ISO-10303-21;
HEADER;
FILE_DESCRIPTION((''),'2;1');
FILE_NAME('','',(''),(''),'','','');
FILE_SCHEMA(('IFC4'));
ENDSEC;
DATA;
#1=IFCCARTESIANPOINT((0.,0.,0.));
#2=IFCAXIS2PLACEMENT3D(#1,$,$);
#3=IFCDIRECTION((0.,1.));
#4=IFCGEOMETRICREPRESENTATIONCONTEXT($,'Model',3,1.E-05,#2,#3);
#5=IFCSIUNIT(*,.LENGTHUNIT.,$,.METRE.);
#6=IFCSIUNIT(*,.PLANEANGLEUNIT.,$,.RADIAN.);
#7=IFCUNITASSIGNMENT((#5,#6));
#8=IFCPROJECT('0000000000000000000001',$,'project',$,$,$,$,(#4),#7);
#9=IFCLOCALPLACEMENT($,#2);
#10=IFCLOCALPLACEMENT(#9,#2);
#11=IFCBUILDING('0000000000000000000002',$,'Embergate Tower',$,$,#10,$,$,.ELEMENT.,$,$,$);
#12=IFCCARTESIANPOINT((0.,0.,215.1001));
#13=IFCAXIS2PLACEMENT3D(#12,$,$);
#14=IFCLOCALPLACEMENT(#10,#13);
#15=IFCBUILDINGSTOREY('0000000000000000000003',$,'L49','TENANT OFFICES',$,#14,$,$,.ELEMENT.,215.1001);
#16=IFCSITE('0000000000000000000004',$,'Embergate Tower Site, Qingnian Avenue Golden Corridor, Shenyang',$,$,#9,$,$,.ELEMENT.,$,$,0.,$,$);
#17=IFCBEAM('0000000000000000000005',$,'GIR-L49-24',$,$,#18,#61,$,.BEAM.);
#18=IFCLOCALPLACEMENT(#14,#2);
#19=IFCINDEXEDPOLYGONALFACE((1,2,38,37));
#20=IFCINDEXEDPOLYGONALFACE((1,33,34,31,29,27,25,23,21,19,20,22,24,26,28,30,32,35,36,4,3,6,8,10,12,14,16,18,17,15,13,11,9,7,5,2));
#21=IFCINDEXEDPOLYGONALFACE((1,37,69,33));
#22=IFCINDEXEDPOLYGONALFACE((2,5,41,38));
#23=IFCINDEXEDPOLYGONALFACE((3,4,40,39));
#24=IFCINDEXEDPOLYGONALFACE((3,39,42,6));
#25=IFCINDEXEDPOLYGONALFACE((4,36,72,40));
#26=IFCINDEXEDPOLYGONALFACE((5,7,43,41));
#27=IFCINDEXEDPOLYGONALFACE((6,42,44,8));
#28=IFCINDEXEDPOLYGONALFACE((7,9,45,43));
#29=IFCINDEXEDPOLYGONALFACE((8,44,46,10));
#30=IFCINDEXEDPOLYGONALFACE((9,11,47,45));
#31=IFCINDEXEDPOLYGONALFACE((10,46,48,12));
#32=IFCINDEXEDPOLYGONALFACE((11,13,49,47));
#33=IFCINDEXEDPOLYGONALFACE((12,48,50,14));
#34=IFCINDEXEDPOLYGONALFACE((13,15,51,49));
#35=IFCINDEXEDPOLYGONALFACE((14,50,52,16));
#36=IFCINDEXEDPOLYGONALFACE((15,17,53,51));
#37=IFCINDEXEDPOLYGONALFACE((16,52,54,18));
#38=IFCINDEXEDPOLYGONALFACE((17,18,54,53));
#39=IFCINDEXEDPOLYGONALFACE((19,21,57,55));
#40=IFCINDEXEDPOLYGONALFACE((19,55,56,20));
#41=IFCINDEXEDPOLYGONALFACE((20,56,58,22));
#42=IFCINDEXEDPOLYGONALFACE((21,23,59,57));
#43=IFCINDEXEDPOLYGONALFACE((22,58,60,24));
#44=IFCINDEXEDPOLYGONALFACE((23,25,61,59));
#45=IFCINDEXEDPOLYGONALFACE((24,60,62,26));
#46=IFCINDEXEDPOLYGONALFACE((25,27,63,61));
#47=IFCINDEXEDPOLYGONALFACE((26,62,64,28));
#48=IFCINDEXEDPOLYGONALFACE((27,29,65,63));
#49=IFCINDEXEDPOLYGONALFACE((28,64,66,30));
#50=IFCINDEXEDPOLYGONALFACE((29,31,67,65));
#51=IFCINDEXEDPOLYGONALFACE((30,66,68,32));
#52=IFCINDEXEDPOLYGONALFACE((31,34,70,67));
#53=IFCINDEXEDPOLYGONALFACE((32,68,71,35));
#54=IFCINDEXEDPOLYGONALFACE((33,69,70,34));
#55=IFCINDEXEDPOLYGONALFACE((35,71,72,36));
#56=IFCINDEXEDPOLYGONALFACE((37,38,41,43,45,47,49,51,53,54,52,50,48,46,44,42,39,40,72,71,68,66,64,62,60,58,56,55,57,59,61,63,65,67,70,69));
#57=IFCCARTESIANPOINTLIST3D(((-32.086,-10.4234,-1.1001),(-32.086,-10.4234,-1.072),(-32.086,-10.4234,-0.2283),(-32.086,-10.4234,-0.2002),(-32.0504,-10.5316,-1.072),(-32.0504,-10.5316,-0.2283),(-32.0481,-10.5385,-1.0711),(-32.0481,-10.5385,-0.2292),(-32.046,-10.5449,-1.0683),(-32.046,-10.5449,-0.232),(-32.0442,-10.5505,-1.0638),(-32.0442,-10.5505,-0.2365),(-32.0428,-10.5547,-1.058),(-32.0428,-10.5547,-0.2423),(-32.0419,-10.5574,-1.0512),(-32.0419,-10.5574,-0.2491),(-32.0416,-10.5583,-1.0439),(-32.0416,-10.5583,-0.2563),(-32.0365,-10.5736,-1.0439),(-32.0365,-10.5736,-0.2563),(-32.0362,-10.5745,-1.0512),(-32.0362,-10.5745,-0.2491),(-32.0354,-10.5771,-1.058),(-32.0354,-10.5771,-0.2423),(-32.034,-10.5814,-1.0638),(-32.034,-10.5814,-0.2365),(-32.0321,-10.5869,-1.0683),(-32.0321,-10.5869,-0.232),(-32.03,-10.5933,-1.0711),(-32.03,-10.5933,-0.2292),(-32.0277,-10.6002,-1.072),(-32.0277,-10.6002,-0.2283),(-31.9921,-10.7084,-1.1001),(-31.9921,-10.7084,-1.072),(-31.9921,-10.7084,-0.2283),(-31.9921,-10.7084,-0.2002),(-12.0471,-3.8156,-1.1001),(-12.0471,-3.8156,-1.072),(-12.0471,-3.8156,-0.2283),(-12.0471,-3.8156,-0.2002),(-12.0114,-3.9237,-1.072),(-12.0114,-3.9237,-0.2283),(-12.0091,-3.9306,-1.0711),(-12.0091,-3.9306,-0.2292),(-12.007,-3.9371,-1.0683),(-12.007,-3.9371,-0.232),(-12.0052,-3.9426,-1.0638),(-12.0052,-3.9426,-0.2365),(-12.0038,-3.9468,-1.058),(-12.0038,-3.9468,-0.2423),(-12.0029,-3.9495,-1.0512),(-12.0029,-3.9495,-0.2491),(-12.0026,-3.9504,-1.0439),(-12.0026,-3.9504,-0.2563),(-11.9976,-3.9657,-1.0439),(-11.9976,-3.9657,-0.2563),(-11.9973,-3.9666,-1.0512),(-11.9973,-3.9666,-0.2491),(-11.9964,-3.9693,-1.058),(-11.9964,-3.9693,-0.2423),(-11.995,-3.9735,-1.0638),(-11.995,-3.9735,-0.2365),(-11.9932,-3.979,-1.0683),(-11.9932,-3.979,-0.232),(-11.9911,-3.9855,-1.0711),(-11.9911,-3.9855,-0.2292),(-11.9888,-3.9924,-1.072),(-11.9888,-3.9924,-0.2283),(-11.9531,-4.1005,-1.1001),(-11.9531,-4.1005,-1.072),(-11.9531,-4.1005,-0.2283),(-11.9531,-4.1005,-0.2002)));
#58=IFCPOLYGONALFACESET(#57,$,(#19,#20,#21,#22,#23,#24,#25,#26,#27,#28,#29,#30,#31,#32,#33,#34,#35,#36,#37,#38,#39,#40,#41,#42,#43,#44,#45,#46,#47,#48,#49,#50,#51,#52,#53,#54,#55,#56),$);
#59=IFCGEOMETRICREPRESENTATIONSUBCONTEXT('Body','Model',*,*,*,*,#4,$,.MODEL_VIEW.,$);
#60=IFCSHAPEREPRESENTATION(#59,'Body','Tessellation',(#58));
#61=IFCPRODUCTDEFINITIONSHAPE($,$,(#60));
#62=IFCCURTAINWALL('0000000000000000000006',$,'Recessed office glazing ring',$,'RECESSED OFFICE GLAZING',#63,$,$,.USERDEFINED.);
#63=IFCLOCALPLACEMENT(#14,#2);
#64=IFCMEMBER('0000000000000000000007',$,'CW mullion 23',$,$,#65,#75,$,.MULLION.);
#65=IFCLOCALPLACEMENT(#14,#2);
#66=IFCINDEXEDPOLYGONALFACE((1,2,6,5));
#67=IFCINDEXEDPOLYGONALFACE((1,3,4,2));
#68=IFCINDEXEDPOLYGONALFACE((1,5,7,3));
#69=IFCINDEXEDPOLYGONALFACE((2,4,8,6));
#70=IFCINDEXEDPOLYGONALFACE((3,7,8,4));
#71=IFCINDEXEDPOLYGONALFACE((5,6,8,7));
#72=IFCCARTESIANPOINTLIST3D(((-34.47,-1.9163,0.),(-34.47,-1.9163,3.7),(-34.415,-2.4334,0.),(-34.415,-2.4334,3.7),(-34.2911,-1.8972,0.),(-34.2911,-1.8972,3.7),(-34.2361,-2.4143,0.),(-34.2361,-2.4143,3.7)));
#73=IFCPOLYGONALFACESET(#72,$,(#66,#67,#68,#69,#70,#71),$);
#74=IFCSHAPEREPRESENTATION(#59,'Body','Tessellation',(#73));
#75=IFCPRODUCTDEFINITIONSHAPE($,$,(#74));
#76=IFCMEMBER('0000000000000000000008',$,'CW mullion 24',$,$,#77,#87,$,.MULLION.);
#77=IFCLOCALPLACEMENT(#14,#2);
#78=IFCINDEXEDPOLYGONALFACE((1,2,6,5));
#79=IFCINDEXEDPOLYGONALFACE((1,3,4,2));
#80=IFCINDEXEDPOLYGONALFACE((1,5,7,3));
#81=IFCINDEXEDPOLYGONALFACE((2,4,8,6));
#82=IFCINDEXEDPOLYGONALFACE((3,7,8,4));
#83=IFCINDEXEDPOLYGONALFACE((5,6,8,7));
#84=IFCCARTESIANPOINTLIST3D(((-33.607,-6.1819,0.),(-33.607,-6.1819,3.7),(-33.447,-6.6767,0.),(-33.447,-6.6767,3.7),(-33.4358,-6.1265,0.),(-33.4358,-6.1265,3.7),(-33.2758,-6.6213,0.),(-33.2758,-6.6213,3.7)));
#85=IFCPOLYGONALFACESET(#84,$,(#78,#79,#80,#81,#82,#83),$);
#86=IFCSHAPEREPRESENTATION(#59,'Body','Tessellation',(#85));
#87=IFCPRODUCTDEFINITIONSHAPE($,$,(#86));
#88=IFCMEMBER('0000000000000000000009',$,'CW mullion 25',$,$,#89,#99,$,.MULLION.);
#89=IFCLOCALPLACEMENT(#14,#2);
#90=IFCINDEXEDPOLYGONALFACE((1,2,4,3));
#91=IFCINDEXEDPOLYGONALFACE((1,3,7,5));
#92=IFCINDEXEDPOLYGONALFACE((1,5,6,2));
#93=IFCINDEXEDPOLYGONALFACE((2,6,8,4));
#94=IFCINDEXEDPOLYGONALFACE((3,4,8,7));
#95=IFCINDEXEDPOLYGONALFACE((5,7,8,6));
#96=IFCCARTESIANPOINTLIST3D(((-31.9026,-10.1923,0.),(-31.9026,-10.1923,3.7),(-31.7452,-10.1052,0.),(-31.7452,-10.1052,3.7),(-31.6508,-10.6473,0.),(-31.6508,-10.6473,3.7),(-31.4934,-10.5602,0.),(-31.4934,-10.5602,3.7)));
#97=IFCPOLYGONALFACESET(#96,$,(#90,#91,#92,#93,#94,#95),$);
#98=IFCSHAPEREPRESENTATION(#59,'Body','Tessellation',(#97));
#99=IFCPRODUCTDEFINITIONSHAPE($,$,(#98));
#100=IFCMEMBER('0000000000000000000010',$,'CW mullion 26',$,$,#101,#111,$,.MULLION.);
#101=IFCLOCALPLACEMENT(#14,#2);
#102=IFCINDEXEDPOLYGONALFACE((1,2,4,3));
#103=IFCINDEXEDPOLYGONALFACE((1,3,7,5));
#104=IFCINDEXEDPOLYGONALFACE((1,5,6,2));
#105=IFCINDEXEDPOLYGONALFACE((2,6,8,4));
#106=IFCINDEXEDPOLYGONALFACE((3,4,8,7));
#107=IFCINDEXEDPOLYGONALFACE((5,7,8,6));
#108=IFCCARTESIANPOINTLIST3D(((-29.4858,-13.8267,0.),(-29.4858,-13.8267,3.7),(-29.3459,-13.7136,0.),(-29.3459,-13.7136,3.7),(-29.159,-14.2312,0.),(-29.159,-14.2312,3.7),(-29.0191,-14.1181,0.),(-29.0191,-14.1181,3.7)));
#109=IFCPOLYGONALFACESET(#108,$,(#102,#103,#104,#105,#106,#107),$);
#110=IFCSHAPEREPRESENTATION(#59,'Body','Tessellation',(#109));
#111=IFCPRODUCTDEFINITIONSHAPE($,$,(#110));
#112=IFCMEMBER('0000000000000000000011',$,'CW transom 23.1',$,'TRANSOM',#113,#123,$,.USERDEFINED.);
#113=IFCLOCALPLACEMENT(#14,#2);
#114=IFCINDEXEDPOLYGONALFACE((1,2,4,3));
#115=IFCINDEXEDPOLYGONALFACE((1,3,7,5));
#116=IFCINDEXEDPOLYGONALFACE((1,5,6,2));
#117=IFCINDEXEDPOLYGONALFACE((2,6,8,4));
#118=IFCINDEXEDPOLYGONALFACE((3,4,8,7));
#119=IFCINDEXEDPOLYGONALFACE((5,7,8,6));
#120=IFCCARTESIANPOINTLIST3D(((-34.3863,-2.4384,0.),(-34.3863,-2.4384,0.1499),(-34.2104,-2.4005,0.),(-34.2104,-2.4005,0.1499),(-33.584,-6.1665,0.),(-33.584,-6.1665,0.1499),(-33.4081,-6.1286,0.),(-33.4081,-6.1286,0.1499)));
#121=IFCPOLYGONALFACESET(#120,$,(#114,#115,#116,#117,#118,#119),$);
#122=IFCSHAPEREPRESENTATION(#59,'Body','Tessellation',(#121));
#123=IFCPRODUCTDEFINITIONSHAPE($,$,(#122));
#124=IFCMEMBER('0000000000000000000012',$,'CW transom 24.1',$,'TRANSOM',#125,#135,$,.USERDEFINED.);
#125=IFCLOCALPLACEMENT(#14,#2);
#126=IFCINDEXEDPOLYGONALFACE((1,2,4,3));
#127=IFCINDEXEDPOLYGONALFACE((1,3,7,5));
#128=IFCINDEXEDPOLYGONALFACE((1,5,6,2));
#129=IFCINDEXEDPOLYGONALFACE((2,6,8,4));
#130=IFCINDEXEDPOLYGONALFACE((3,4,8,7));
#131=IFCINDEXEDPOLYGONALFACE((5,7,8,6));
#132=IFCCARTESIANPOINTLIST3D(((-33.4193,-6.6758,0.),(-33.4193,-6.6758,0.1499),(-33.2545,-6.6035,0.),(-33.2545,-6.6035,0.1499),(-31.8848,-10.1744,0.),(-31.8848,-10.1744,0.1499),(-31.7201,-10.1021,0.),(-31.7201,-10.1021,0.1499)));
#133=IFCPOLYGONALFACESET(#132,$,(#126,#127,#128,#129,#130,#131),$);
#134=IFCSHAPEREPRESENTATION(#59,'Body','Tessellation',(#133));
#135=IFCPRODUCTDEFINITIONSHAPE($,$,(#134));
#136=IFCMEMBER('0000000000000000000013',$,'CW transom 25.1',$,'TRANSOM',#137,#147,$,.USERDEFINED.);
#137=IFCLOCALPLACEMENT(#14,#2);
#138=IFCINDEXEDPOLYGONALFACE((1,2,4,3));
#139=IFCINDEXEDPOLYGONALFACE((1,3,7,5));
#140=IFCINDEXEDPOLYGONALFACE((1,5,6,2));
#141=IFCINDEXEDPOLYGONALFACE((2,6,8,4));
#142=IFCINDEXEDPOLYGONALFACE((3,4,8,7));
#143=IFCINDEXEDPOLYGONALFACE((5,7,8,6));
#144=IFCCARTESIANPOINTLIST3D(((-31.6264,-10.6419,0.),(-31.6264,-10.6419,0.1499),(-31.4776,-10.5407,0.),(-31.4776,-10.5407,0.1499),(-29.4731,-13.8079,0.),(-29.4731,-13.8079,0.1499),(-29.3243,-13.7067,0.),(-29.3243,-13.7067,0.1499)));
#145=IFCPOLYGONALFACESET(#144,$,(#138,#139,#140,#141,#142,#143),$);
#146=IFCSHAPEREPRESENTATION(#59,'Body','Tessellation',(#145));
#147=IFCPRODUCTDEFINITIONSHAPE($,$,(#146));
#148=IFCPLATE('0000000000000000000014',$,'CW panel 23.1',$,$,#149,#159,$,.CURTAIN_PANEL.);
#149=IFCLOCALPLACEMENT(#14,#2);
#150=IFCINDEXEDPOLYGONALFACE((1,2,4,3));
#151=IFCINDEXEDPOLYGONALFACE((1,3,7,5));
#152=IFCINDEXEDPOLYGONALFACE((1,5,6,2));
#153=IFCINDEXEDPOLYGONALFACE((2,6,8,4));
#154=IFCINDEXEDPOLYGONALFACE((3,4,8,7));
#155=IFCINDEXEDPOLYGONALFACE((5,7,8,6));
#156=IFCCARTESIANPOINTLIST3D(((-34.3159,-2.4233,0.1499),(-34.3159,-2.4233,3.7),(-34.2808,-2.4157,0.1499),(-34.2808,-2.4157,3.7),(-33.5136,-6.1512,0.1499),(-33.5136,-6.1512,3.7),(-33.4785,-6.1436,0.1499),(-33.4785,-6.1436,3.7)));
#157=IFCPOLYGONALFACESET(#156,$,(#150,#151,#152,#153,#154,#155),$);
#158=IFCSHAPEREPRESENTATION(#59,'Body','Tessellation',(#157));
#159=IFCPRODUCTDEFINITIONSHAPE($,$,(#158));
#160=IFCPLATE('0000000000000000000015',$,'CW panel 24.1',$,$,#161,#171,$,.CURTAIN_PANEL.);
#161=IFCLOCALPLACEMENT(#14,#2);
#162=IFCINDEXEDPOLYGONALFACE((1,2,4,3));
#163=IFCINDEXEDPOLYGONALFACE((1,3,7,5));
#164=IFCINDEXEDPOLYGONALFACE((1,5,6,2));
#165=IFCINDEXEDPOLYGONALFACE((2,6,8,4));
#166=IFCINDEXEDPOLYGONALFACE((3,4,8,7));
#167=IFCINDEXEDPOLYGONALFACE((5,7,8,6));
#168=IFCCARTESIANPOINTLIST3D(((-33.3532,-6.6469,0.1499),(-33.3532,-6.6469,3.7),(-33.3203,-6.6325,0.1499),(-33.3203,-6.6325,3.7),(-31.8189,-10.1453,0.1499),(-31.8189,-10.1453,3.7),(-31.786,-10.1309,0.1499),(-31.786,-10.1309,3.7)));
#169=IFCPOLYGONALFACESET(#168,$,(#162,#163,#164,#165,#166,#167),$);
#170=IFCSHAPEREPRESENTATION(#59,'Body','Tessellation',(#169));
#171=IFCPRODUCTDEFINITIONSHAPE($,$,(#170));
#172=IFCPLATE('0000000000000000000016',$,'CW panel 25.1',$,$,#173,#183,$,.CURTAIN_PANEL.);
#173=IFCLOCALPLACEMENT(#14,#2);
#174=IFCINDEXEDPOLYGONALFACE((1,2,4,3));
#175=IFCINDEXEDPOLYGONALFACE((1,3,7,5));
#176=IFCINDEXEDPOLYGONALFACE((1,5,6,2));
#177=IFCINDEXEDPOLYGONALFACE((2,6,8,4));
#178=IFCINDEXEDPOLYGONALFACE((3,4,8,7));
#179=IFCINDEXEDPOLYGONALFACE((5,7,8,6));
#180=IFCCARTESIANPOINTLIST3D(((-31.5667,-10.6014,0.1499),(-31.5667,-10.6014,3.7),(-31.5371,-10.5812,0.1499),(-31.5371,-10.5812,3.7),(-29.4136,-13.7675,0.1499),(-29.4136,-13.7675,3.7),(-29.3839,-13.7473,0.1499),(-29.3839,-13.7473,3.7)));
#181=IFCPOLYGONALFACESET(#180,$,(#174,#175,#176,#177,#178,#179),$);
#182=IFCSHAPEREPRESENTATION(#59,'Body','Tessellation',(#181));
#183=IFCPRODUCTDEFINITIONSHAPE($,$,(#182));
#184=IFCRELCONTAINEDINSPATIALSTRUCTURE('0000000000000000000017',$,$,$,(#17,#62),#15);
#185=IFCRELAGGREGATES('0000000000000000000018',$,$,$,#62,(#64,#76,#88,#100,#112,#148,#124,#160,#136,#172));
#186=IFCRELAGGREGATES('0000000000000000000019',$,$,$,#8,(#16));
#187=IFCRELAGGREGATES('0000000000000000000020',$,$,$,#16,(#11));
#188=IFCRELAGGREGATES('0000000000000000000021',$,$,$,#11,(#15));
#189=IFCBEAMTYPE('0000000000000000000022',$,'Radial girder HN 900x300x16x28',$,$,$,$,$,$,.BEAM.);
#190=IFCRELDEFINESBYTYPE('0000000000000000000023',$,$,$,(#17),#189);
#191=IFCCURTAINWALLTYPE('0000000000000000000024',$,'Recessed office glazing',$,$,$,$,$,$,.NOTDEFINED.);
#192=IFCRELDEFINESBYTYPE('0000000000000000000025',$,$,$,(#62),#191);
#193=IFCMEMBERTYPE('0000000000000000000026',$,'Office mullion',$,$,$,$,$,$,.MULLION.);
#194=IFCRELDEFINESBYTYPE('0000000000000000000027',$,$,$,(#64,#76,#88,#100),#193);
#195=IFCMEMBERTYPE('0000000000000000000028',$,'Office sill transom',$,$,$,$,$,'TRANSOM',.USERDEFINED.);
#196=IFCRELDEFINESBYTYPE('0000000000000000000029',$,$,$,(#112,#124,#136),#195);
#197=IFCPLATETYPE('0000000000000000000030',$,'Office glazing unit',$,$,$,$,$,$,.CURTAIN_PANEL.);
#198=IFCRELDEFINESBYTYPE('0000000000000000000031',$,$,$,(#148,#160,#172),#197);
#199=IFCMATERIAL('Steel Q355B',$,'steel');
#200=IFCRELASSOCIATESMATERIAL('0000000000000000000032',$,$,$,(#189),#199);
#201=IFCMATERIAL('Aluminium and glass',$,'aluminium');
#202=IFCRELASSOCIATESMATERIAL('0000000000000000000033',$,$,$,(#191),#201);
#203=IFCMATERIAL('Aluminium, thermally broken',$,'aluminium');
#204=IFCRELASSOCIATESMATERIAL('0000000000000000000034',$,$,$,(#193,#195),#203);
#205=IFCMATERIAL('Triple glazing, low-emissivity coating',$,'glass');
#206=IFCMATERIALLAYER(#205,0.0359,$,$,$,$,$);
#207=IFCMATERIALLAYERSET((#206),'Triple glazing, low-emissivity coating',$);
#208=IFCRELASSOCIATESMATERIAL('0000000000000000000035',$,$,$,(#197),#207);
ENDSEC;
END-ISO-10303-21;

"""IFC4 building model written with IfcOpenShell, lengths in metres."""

from ifc_helpers import new_model, si_unit, direction, frame, origin, origin_2d, place, context, subcontext, project, spatial, rectangle, i_section, extrude, source, transform, mapped, material, layer, layer_set, material_profile, profile_set, type_object, element, aggregate, save


model = new_model("IFC4")

# Units and contexts
model_context = context("Model", 3, precision=1e-05, world=origin(), true_north=direction((0.0, 1.0)))
body_context = subcontext(model_context, "Body", "Model", "MODEL_VIEW")
ifc_project = project(units=[si_unit("LENGTHUNIT", "METRE"), si_unit("PLANEANGLEUNIT", "RADIAN")], contexts=[model_context])

# Site, building, storey
site_placement = place(None, origin())
site = spatial("IfcSite", under=ifc_project, at=site_placement, Name="Embergate Tower Site, Qingnian Avenue Golden Corridor, Shenyang", CompositionType="ELEMENT", RefElevation=0.0)
building_placement = place(site_placement, origin())
building = spatial("IfcBuilding", under=site, at=building_placement, Name="Embergate Tower", CompositionType="ELEMENT")
storey_placement = place(building_placement, frame((0.0, 0.0, 215.1001)))
storey = spatial("IfcBuildingStorey", under=building, at=storey_placement, Name="L49", Description="TENANT OFFICES", CompositionType="ELEMENT", Elevation=215.1001)

# Beam
ifc_material_1 = material(Name="Steel Q355B", Category="steel")
ifc_material_profile_1 = material_profile(ifc_material_1, i_section(OverallWidth=0.3, OverallDepth=0.8999, WebThickness=0.0161, FlangeThickness=0.0281, FilletRadius=0.0281, at=origin_2d()), Name="HN 900x300x16x28")
ifc_profile_set_1 = profile_set([ifc_material_profile_1], Name="Steel Q355 grade B")
beam_type_1 = type_object("IfcBeamType", Name="Radial girder HN 900x300x16x28", PredefinedType="BEAM", material=ifc_profile_set_1)
shared_shape_1 = source(origin(), body_context, "Body", "SweptSolid", [
    extrude(i_section(OverallWidth=0.3, OverallDepth=0.8999, WebThickness=0.0161, FlangeThickness=0.0281, FilletRadius=0.0281, at=origin_2d()), origin(), (0.0, 0.0, 1.0), 21.1003),
])
beam_1_placement = place(storey_placement, frame((-32.0391, -10.5659, -0.6501), z_axis=(0.949699, 0.313165, 0.0), x_axis=(-0.313165, 0.949699, 0.0)))
element("IfcBeam", 1, at=beam_1_placement, inside=storey, type_object=beam_type_1, Name="GIR-L49-24", PredefinedType="BEAM", context=body_context, shape_type="MappedRepresentation", body=[
    mapped(shared_shape_1, transform((0.0, 0.0, 0.0))),
])

# Curtain wall, members, plates
ifc_material_2 = material(Name="Aluminium and glass", Category="aluminium")
curtain_wall_type = type_object("IfcCurtainWallType", Name="Recessed office glazing", PredefinedType="NOTDEFINED", material=ifc_material_2)
curtain_wall_placement = place(storey_placement, origin())
curtain_wall = element("IfcCurtainWall", 2, at=curtain_wall_placement, inside=storey, type_object=curtain_wall_type, Name="Recessed office glazing ring", ObjectType="RECESSED OFFICE GLAZING", PredefinedType="USERDEFINED")
ifc_material_3 = material(Name="Aluminium, thermally broken", Category="aluminium")
ifc_material_profile_2 = material_profile(ifc_material_3, rectangle(XDim=0.1799, YDim=0.52, at=origin_2d()), Name="AL 520x180")
ifc_profile_set_2 = profile_set([ifc_material_profile_2], Name="Aluminium, thermally broken")
member_type_1 = type_object("IfcMemberType", Name="Office mullion", PredefinedType="MULLION", material=ifc_profile_set_2)
shared_shape_2 = source(origin(), body_context, "Body", "SweptSolid", [
    extrude(rectangle(XDim=0.1799, YDim=0.52, at=origin_2d()), origin(), (0.0, 0.0, 1.0), 3.7),
])
member_1_placement = place(storey_placement, frame((-34.353, -2.1653, 0.0), z_axis=(0.0, 0.0, 1.0), x_axis=(0.994385, 0.105823, 0.0)))
member_1 = element("IfcMember", 3, at=member_1_placement, type_object=member_type_1, Name="CW mullion 23", PredefinedType="MULLION", context=body_context, shape_type="MappedRepresentation", body=[
    mapped(shared_shape_2, transform((0.0, 0.0, 0.0))),
])
member_2_placement = place(storey_placement, frame((-33.4414, -6.4016, 0.0), z_axis=(0.0, 0.0, 1.0), x_axis=(0.951498, 0.307656, 0.0)))
member_2 = element("IfcMember", 4, at=member_2_placement, type_object=member_type_1, Name="CW mullion 24", PredefinedType="MULLION", context=body_context, shape_type="MappedRepresentation", body=[
    mapped(shared_shape_2, transform((0.0, 0.0, 0.0))),
])
member_3_placement = place(storey_placement, frame((-31.698, -10.3762, 0.0), z_axis=(0.0, 0.0, 1.0), x_axis=(0.875003, 0.484118, 0.0)))
member_3 = element("IfcMember", 5, at=member_3_placement, type_object=member_type_1, Name="CW mullion 25", PredefinedType="MULLION", context=body_context, shape_type="MappedRepresentation", body=[
    mapped(shared_shape_2, transform((0.0, 0.0, 0.0))),
])
member_4_placement = place(storey_placement, frame((-29.2524, -13.9724, 0.0), z_axis=(0.0, 0.0, 1.0), x_axis=(0.777875, 0.628419, 0.0)))
member_4 = element("IfcMember", 6, at=member_4_placement, type_object=member_type_1, Name="CW mullion 26", PredefinedType="MULLION", context=body_context, shape_type="MappedRepresentation", body=[
    mapped(shared_shape_2, transform((0.0, 0.0, 0.0))),
])
ifc_material_profile_3 = material_profile(ifc_material_3, rectangle(XDim=0.1799, YDim=0.1499, at=origin_2d()), Name="AL 150x180")
ifc_profile_set_3 = profile_set([ifc_material_profile_3], Name="Aluminium, thermally broken")
member_type_2 = type_object("IfcMemberType", Name="Office sill transom", ElementType="TRANSOM", PredefinedType="USERDEFINED", material=ifc_profile_set_3)
shared_shape_3 = source(origin(), body_context, "Body", "SweptSolid", [
    extrude(rectangle(XDim=0.1799, YDim=0.1499, at=origin_2d()), origin(), (0.0, 0.0, 1.0), 3.8135),
])
member_5_placement = place(storey_placement, frame((-34.2983, -2.4194, 0.075), z_axis=(0.210377, -0.97762, 0.0), x_axis=(0.97762, 0.210377, 0.0)))
member_5 = element("IfcMember", 7, at=member_5_placement, type_object=member_type_2, Name="CW transom 23.1", ObjectType="TRANSOM", PredefinedType="USERDEFINED", context=body_context, shape_type="MappedRepresentation", body=[
    mapped(shared_shape_3, transform((0.0, 0.0, 0.0))),
])
shared_shape_4 = source(origin(), body_context, "Body", "SweptSolid", [
    extrude(rectangle(XDim=0.1799, YDim=0.1499, at=origin_2d()), origin(), (0.0, 0.0, 1.0), 3.8203),
])
member_6_placement = place(storey_placement, frame((-33.3369, -6.6396, 0.075), z_axis=(0.401657, -0.91579, 0.0), x_axis=(0.91579, 0.401657, 0.0)))
member_6 = element("IfcMember", 8, at=member_6_placement, type_object=member_type_2, Name="CW transom 24.1", ObjectType="TRANSOM", PredefinedType="USERDEFINED", context=body_context, shape_type="MappedRepresentation", body=[
    mapped(shared_shape_4, transform((0.0, 0.0, 0.0))),
])
shared_shape_5 = source(origin(), body_context, "Body", "SweptSolid", [
    extrude(rectangle(XDim=0.1799, YDim=0.1499, at=origin_2d()), origin(), (0.0, 0.0, 1.0), 3.8289),
])
member_7_placement = place(storey_placement, frame((-31.552, -10.5913, 0.075), z_axis=(0.562387, -0.826874, 0.0), x_axis=(0.826874, 0.562387, 0.0)))
member_7 = element("IfcMember", 9, at=member_7_placement, type_object=member_type_2, Name="CW transom 25.1", ObjectType="TRANSOM", PredefinedType="USERDEFINED", context=body_context, shape_type="MappedRepresentation", body=[
    mapped(shared_shape_5, transform((0.0, 0.0, 0.0))),
])
ifc_material_4 = material(Name="Triple glazing, low-emissivity coating", Category="glass")
ifc_layer_1 = layer(ifc_material_4, 0.0359)
ifc_layer_set_1 = layer_set([ifc_layer_1], Name="Triple glazing, low-emissivity coating")
plate_type = type_object("IfcPlateType", Name="Office glazing unit", PredefinedType="CURTAIN_PANEL", material=ifc_layer_set_1)
shared_shape_6 = source(origin(), body_context, "Body", "SweptSolid", [
    extrude(rectangle(XDim=3.8132, YDim=0.0359, at=origin_2d()), origin(), (0.0, 0.0, 1.0), 3.55),
])
plate_1_placement = place(storey_placement, frame((-33.8972, -4.2834, 0.1499), z_axis=(0.0, 0.0, 1.0), x_axis=(0.210395, -0.977616, 0.0)))
plate_1 = element("IfcPlate", 10, at=plate_1_placement, type_object=plate_type, Name="CW panel 23.1", PredefinedType="CURTAIN_PANEL", context=body_context, shape_type="MappedRepresentation", body=[
    mapped(shared_shape_6, transform((0.0, 0.0, 0.0))),
])
shared_shape_7 = source(origin(), body_context, "Body", "SweptSolid", [
    extrude(rectangle(XDim=3.8201, YDim=0.0359, at=origin_2d()), origin(), (0.0, 0.0, 1.0), 3.55),
])
plate_2_placement = place(storey_placement, frame((-32.5696, -8.3889, 0.1499), z_axis=(0.0, 0.0, 1.0), x_axis=(0.401649, -0.915794, 0.0)))
plate_2 = element("IfcPlate", 11, at=plate_2_placement, type_object=plate_type, Name="CW panel 24.1", PredefinedType="CURTAIN_PANEL", context=body_context, shape_type="MappedRepresentation", body=[
    mapped(shared_shape_7, transform((0.0, 0.0, 0.0))),
])
shared_shape_8 = source(origin(), body_context, "Body", "SweptSolid", [
    extrude(rectangle(XDim=3.8289, YDim=0.0359, at=origin_2d()), origin(), (0.0, 0.0, 1.0), 3.55),
])
plate_3_placement = place(storey_placement, frame((-30.4753, -12.1743, 0.1499), z_axis=(0.0, 0.0, 1.0), x_axis=(0.562337, -0.826908, 0.0)))
plate_3 = element("IfcPlate", 12, at=plate_3_placement, type_object=plate_type, Name="CW panel 25.1", PredefinedType="CURTAIN_PANEL", context=body_context, shape_type="MappedRepresentation", body=[
    mapped(shared_shape_8, transform((0.0, 0.0, 0.0))),
])
aggregate(curtain_wall, [member_1, member_2, member_3, member_4, member_5, plate_1, member_6, plate_2, member_7, plate_3])

save(model, "model.ifc")
